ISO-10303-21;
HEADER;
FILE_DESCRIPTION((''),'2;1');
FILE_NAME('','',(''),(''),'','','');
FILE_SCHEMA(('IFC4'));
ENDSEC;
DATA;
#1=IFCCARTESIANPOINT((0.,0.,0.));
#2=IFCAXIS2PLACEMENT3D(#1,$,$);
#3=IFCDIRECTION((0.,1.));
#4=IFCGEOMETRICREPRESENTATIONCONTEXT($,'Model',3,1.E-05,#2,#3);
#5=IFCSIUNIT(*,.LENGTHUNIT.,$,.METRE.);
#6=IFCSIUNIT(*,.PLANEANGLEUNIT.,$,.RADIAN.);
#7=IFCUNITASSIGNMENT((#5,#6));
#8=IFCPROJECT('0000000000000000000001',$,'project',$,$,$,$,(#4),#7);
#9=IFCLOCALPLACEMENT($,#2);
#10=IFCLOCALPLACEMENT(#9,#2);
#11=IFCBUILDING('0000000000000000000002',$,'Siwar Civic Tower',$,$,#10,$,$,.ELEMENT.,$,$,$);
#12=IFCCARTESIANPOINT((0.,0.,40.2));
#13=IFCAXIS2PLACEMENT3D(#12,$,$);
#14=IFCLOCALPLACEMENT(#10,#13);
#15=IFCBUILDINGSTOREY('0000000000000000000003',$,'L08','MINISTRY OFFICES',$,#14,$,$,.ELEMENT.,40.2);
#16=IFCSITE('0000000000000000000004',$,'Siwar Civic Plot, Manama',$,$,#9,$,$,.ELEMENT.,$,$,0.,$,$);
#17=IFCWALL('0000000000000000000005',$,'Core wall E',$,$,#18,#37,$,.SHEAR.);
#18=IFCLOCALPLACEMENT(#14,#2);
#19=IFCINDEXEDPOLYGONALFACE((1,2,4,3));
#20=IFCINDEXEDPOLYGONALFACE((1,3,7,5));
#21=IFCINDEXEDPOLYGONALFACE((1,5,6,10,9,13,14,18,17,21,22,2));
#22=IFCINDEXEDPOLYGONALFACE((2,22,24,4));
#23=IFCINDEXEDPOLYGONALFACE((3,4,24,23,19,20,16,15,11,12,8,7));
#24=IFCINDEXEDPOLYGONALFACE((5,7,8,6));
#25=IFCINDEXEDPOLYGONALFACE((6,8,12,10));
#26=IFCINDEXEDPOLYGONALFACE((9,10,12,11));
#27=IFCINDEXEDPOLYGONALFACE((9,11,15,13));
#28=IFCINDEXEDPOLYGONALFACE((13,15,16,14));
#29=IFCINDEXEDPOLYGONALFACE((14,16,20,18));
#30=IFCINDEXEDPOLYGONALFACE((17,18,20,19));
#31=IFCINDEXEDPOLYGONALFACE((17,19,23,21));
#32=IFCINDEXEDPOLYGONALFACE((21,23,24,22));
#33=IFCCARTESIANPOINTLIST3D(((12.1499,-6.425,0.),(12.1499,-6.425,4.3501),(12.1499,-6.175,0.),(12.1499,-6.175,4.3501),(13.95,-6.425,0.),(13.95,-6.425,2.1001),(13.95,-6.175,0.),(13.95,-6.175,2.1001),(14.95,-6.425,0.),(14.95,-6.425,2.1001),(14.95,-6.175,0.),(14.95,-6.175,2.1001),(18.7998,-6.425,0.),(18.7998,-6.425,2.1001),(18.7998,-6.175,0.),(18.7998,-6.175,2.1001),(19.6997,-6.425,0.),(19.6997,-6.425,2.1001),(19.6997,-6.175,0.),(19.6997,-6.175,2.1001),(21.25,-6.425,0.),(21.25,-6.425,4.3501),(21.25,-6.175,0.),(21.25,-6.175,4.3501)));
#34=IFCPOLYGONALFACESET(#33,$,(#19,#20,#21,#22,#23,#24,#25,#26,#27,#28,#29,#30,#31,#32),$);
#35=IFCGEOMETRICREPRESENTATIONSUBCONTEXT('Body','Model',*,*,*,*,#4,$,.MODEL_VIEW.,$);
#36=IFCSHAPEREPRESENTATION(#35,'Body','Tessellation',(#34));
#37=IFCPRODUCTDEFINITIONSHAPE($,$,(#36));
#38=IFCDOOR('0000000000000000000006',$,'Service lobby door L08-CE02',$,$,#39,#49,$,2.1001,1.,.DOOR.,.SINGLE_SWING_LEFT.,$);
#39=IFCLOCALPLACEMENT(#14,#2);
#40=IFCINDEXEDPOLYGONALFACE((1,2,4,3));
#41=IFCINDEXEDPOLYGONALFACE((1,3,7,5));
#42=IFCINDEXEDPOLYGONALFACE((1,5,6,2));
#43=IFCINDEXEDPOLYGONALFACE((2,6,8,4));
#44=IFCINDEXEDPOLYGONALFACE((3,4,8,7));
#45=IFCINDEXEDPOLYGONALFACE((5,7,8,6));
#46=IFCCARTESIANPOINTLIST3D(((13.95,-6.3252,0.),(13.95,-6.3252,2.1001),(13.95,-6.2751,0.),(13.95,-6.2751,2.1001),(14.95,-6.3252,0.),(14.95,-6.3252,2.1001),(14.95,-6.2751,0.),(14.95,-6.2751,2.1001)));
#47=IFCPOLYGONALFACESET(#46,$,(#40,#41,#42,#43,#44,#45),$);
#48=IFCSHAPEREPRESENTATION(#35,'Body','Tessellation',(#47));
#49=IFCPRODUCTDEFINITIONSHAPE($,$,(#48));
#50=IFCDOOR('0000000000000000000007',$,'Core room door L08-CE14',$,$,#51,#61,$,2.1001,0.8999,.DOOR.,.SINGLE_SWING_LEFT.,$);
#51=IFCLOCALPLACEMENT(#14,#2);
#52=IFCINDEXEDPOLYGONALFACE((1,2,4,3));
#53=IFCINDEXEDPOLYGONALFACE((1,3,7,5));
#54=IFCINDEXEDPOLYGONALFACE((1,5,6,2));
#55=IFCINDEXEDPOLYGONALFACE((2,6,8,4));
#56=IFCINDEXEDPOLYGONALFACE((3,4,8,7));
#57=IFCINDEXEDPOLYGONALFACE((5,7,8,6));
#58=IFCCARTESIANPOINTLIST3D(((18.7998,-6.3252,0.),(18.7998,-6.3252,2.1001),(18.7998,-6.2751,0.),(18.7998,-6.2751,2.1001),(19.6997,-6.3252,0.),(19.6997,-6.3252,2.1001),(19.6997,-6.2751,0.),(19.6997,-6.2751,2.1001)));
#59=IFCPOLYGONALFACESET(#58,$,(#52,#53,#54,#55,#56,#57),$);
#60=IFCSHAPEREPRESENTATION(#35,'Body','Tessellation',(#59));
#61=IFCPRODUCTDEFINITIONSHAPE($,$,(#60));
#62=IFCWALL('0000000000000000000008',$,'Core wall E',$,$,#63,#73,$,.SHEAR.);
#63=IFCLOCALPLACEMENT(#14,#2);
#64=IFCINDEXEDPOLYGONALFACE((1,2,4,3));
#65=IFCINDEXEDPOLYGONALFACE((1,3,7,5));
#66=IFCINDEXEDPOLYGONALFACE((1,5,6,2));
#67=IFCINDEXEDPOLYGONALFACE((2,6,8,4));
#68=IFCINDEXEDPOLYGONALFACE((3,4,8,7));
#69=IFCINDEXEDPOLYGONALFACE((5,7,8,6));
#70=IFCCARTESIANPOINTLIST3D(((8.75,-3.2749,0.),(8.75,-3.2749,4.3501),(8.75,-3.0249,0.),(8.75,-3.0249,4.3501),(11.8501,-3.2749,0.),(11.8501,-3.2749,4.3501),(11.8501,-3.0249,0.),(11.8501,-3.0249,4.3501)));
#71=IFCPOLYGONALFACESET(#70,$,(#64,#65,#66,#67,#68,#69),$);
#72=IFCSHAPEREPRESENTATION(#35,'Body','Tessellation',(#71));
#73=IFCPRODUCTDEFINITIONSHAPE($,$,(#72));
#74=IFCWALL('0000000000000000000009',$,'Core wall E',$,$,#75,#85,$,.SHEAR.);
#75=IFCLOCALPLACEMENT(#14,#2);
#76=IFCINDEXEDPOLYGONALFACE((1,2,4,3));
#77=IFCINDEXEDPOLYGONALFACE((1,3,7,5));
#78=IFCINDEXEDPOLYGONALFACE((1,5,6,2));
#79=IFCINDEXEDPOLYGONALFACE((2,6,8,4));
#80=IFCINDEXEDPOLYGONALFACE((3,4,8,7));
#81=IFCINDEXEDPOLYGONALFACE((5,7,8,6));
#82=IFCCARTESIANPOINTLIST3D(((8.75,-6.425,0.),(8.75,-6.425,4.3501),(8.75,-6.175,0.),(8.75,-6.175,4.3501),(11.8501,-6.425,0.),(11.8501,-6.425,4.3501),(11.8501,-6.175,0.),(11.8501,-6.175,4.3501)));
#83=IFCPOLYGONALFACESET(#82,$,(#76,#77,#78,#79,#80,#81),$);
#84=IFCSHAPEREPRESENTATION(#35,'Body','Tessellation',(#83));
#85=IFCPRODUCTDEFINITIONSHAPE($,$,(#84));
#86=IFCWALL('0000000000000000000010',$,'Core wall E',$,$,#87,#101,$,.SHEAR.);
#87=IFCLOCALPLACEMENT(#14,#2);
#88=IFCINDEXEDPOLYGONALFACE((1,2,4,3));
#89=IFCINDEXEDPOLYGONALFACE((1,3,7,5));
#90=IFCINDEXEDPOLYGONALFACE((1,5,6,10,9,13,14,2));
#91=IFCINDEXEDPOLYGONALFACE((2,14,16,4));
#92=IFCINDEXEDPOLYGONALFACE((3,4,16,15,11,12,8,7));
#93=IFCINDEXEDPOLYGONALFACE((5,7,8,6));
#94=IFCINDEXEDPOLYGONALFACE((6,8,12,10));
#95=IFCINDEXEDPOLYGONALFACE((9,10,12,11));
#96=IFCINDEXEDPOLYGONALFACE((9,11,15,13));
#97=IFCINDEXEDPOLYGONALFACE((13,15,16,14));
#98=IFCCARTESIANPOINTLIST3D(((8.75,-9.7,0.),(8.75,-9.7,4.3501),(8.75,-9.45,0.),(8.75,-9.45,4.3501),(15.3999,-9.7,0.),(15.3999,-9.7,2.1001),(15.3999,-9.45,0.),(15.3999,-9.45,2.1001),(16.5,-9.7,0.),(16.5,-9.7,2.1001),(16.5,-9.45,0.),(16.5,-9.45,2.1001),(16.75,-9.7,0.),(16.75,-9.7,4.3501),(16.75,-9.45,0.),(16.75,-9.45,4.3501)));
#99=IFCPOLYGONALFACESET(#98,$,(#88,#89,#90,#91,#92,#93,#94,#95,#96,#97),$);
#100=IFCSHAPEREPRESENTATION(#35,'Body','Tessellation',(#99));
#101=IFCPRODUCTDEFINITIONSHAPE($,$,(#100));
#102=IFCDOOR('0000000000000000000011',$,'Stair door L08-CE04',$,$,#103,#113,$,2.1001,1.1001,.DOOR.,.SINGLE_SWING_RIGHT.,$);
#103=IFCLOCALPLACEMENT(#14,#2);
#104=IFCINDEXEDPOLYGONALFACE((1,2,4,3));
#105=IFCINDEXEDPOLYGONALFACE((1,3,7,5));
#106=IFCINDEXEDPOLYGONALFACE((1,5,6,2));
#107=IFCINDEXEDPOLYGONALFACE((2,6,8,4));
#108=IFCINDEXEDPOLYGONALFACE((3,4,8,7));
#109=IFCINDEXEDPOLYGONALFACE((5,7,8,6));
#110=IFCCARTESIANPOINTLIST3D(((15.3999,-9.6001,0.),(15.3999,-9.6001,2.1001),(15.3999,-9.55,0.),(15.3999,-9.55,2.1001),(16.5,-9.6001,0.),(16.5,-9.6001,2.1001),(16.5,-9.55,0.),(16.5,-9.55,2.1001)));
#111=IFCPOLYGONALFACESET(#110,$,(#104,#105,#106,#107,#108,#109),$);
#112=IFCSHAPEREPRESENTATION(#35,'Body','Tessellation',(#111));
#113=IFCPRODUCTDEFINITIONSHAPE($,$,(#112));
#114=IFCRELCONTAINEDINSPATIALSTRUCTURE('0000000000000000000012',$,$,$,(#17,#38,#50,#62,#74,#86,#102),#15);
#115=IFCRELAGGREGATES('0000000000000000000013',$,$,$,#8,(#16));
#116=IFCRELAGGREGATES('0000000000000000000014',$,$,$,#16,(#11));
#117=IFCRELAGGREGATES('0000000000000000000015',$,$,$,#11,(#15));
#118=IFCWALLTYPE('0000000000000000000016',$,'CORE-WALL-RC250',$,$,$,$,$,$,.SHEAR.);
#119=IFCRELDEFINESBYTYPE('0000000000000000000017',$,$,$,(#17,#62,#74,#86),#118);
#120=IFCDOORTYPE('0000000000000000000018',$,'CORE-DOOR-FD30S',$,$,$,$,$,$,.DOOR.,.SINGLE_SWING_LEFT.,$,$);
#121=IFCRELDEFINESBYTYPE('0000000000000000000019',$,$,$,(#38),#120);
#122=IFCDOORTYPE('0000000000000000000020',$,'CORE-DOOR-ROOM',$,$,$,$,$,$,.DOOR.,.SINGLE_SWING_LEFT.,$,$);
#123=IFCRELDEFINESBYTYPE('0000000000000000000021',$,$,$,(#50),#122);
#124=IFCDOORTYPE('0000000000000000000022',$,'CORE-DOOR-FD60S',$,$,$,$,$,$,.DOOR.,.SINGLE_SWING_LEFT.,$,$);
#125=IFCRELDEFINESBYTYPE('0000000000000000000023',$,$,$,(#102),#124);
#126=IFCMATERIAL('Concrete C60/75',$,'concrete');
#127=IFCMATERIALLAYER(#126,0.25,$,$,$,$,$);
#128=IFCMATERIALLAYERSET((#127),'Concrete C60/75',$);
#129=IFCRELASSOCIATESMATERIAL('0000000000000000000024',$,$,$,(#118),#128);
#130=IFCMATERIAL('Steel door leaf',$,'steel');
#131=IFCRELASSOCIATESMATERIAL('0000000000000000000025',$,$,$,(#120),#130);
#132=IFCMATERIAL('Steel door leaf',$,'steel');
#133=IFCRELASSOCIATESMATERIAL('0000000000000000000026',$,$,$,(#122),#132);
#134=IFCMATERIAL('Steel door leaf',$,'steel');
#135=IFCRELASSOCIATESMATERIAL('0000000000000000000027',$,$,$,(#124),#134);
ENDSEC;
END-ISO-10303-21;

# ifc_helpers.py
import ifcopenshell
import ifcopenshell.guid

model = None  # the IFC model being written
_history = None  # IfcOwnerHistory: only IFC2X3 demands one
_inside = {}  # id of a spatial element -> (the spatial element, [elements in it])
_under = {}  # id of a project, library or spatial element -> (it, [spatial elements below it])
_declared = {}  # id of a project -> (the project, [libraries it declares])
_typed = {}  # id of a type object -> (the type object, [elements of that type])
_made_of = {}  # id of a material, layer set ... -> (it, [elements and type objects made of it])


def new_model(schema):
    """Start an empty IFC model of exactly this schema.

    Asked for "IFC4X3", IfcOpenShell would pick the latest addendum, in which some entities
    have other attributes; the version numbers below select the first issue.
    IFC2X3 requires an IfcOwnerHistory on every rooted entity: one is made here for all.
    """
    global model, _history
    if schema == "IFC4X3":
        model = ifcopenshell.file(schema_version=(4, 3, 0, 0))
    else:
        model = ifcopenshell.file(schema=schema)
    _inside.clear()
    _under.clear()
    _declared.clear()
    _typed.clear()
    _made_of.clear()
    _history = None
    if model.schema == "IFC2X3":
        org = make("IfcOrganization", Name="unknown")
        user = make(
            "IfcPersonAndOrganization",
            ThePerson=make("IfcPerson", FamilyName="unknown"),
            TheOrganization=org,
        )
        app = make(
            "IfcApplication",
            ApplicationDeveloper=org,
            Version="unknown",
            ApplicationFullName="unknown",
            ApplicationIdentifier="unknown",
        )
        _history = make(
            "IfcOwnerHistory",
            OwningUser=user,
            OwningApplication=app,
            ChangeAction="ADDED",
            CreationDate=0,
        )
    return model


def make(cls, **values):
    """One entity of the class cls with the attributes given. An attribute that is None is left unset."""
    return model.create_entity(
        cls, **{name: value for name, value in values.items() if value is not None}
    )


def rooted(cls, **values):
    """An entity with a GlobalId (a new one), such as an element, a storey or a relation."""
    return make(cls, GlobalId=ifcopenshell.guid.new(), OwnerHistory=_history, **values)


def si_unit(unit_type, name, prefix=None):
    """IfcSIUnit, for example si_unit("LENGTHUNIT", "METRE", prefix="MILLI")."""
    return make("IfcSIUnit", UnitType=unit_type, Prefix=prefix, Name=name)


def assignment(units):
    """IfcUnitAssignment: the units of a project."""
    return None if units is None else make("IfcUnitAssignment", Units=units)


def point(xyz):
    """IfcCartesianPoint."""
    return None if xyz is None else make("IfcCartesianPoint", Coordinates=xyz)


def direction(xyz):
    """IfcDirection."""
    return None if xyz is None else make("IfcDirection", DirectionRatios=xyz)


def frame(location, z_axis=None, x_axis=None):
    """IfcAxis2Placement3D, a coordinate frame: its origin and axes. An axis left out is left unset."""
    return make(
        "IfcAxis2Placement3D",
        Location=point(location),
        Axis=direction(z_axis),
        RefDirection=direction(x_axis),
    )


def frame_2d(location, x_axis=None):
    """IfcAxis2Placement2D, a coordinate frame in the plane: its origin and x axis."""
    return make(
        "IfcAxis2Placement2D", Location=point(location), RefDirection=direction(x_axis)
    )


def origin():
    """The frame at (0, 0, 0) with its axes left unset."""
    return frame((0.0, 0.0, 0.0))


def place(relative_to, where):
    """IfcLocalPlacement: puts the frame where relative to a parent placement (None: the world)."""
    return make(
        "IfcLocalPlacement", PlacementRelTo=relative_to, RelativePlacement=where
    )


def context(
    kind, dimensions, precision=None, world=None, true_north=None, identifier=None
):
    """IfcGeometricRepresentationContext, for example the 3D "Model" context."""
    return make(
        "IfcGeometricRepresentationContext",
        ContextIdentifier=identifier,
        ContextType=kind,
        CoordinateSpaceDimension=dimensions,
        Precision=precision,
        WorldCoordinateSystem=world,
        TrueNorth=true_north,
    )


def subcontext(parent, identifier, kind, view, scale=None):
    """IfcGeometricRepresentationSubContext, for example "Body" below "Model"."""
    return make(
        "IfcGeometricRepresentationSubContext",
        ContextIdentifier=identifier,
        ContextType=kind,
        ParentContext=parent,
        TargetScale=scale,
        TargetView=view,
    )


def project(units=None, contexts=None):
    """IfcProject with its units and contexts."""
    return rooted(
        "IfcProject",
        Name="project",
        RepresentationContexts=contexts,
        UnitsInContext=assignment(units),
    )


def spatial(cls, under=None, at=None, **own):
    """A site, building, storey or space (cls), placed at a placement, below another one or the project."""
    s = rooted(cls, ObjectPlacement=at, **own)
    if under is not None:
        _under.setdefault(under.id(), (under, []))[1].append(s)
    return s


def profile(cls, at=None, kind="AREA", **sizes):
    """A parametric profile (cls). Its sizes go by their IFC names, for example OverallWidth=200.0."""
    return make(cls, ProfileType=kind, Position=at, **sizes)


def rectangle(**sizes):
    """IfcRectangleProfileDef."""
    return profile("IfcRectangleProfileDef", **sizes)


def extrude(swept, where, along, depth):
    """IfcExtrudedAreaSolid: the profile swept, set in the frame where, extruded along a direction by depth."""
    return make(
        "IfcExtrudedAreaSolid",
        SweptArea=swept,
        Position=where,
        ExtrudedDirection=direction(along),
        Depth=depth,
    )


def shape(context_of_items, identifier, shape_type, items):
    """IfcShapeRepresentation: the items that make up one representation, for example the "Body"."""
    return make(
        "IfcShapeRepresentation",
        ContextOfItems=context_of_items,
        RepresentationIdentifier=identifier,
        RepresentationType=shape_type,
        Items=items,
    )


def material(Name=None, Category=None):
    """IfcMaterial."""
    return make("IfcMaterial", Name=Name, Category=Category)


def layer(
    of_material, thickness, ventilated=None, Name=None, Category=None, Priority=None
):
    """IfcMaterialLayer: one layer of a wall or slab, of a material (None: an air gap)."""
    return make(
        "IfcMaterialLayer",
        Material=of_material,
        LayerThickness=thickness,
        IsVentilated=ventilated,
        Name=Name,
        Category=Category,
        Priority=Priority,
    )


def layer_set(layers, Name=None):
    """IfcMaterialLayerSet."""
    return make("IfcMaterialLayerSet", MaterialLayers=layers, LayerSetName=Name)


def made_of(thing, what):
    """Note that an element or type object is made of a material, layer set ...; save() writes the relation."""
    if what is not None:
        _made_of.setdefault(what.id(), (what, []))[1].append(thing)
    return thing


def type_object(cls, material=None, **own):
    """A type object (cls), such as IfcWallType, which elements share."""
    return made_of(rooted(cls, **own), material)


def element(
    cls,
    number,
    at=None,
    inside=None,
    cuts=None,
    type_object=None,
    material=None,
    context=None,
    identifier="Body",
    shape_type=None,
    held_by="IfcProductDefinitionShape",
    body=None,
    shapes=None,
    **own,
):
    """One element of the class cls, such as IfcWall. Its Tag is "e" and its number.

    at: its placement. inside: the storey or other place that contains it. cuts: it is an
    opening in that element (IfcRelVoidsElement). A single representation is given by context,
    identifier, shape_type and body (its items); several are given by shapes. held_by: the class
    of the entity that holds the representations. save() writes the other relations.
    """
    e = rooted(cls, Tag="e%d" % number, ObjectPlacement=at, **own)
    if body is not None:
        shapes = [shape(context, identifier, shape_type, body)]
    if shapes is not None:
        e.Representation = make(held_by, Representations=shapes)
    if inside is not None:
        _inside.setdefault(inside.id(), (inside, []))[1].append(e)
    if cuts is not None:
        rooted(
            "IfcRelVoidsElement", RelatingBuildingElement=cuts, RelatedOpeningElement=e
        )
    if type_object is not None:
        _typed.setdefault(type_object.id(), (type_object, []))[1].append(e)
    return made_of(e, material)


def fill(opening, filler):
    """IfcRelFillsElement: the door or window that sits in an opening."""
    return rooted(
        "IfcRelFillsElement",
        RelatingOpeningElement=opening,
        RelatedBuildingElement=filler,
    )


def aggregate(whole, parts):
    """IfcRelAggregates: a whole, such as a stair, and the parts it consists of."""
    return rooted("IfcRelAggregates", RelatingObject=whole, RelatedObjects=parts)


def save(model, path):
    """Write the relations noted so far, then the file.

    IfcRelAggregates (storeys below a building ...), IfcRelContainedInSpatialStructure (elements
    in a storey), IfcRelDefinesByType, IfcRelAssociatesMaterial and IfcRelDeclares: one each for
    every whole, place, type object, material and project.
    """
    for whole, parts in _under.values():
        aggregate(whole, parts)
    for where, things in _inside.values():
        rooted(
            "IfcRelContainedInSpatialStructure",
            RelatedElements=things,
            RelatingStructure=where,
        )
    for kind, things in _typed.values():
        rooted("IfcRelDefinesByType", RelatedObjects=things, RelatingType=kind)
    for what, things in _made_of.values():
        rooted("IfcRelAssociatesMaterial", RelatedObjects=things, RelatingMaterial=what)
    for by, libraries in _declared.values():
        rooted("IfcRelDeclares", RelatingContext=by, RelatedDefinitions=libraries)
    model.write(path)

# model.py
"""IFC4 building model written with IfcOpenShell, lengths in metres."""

from ifc_helpers import new_model, si_unit, direction, frame, frame_2d, origin, place, context, subcontext, project, spatial, rectangle, extrude, material, layer, layer_set, type_object, element, fill, save


model = new_model("IFC4")

# Units and contexts
model_context = context("Model", 3, precision=1e-05, world=origin(), true_north=direction((0.0, 1.0)))
body_context = subcontext(model_context, "Body", "Model", "MODEL_VIEW")
ifc_project = project(units=[si_unit("LENGTHUNIT", "METRE"), si_unit("PLANEANGLEUNIT", "RADIAN")], contexts=[model_context])

# Site, building, storey
site_placement = place(None, origin())
site = spatial("IfcSite", under=ifc_project, at=site_placement, Name="Siwar Civic Plot, Manama", CompositionType="ELEMENT", RefElevation=0.0)
building_placement = place(site_placement, origin())
building = spatial("IfcBuilding", under=site, at=building_placement, Name="Siwar Civic Tower", CompositionType="ELEMENT")
storey_placement = place(building_placement, frame((0.0, 0.0, 40.2)))
storey = spatial("IfcBuildingStorey", under=building, at=storey_placement, Name="L08", Description="MINISTRY OFFICES", CompositionType="ELEMENT", Elevation=40.2)

# Wall, openings, doors
ifc_material_1 = material(Name="Concrete C60/75", Category="concrete")
ifc_layer_1 = layer(ifc_material_1, 0.25)
ifc_layer_set_1 = layer_set([ifc_layer_1], Name="Concrete C60/75")
wall_type_1 = type_object("IfcWallType", Name="CORE-WALL-RC250", PredefinedType="SHEAR", material=ifc_layer_set_1)
wall_1_placement = place(storey_placement, frame((12.1499, -6.3, 0.0), z_axis=(0.0, 0.0, 1.0), x_axis=(1.0, 0.0, 0.0)))
wall_1 = element("IfcWall", 1, at=wall_1_placement, inside=storey, type_object=wall_type_1, Name="Core wall E", PredefinedType="SHEAR", context=body_context, shape_type="SweptSolid", body=[
    extrude(rectangle(XDim=9.1001, YDim=0.25, at=frame_2d((4.55, 0.0))), origin(), (0.0, 0.0, 1.0), 4.3501),
])
opening_1_placement = place(wall_1_placement, frame((1.8, 0.0, 0.0)))
opening_1 = element("IfcOpeningElement", 2, at=opening_1_placement, cuts=wall_1, PredefinedType="OPENING", context=body_context, shape_type="SweptSolid", body=[
    extrude(rectangle(XDim=1.0, YDim=2.1001, at=frame_2d((0.5, 1.05))), frame((0.0, 0.135, 0.0), z_axis=(0.0, -1.0, 0.0), x_axis=(1.0, 0.0, 0.0)), (0.0, 0.0, 1.0), 0.27),
])
opening_2_placement = place(wall_1_placement, frame((6.6499, 0.0, 0.0)))
opening_2 = element("IfcOpeningElement", 3, at=opening_2_placement, cuts=wall_1, PredefinedType="OPENING", context=body_context, shape_type="SweptSolid", body=[
    extrude(rectangle(XDim=0.8999, YDim=2.1001, at=frame_2d((0.45, 1.05))), frame((0.0, 0.135, 0.0), z_axis=(0.0, -1.0, 0.0), x_axis=(1.0, 0.0, 0.0)), (0.0, 0.0, 1.0), 0.27),
])
ifc_material_2 = material(Name="Steel door leaf", Category="steel")
door_type_1 = type_object("IfcDoorType", Name="CORE-DOOR-FD30S", OperationType="SINGLE_SWING_LEFT", PredefinedType="DOOR", material=ifc_material_2)
door_1_placement = place(opening_1_placement, origin())
door_1 = element("IfcDoor", 4, at=door_1_placement, inside=storey, type_object=door_type_1, Name="Service lobby door L08-CE02", OperationType="SINGLE_SWING_LEFT", OverallHeight=2.1001, OverallWidth=1.0, PredefinedType="DOOR", context=body_context, shape_type="SweptSolid", body=[
    extrude(rectangle(XDim=1.0, YDim=2.1001, at=frame_2d((0.5, 1.05))), frame((0.0, 0.0249, 0.0), z_axis=(0.0, -1.0, 0.0), x_axis=(1.0, 0.0, 0.0)), (0.0, 0.0, 1.0), 0.05),
])
fill(opening_1, door_1)
ifc_material_3 = material(Name="Steel door leaf", Category="steel")
door_type_2 = type_object("IfcDoorType", Name="CORE-DOOR-ROOM", OperationType="SINGLE_SWING_LEFT", PredefinedType="DOOR", material=ifc_material_3)
door_2_placement = place(opening_2_placement, origin())
door_2 = element("IfcDoor", 5, at=door_2_placement, inside=storey, type_object=door_type_2, Name="Core room door L08-CE14", OperationType="SINGLE_SWING_LEFT", OverallHeight=2.1001, OverallWidth=0.8999, PredefinedType="DOOR", context=body_context, shape_type="SweptSolid", body=[
    extrude(rectangle(XDim=0.8999, YDim=2.1001, at=frame_2d((0.45, 1.05))), frame((0.0, 0.0249, 0.0), z_axis=(0.0, -1.0, 0.0), x_axis=(1.0, 0.0, 0.0)), (0.0, 0.0, 1.0), 0.05),
])
fill(opening_2, door_2)

# Walls
for number, where, z_axis, x_axis, name in (
    (6, (8.75, -3.1499, 0.0), (0.0, 0.0, 1.0), (1.0, 0.0, 0.0), "Core wall E"),
    (7, (8.75, -6.3, 0.0), (0.0, 0.0, 1.0), (1.0, 0.0, 0.0), "Core wall E"),
):
    element("IfcWall", number, at=place(storey_placement, frame(where, z_axis=z_axis, x_axis=x_axis)), inside=storey, type_object=wall_type_1, Name=name, PredefinedType="SHEAR", context=body_context, shape_type="SweptSolid", body=[
        extrude(rectangle(XDim=3.1001, YDim=0.25, at=frame_2d((1.55, 0.0))), origin(), (0.0, 0.0, 1.0), 4.3501),
    ])

# Wall, opening, door
wall_2_placement = place(storey_placement, frame((8.75, -9.575, 0.0), z_axis=(0.0, 0.0, 1.0), x_axis=(1.0, 0.0, 0.0)))
wall_2 = element("IfcWall", 8, at=wall_2_placement, inside=storey, type_object=wall_type_1, Name="Core wall E", PredefinedType="SHEAR", context=body_context, shape_type="SweptSolid", body=[
    extrude(rectangle(XDim=8.0, YDim=0.25, at=frame_2d((4.0, 0.0))), origin(), (0.0, 0.0, 1.0), 4.3501),
])
opening_3_placement = place(wall_2_placement, frame((6.6499, 0.0, 0.0)))
opening_3 = element("IfcOpeningElement", 9, at=opening_3_placement, cuts=wall_2, PredefinedType="OPENING", context=body_context, shape_type="SweptSolid", body=[
    extrude(rectangle(XDim=1.1001, YDim=2.1001, at=frame_2d((0.55, 1.05))), frame((0.0, 0.135, 0.0), z_axis=(0.0, -1.0, 0.0), x_axis=(1.0, 0.0, 0.0)), (0.0, 0.0, 1.0), 0.27),
])
ifc_material_4 = material(Name="Steel door leaf", Category="steel")
door_type_3 = type_object("IfcDoorType", Name="CORE-DOOR-FD60S", OperationType="SINGLE_SWING_LEFT", PredefinedType="DOOR", material=ifc_material_4)
door_3_placement = place(opening_3_placement, origin())
door_3 = element("IfcDoor", 10, at=door_3_placement, inside=storey, type_object=door_type_3, Name="Stair door L08-CE04", OperationType="SINGLE_SWING_RIGHT", OverallHeight=2.1001, OverallWidth=1.1001, PredefinedType="DOOR", context=body_context, shape_type="SweptSolid", body=[
    extrude(rectangle(XDim=1.1001, YDim=2.1001, at=frame_2d((0.55, 1.05))), frame((0.0, 0.0249, 0.0), z_axis=(0.0, -1.0, 0.0), x_axis=(1.0, 0.0, 0.0)), (0.0, 0.0, 1.0), 0.05),
])
fill(opening_3, door_3)

save(model, "model.ifc")
